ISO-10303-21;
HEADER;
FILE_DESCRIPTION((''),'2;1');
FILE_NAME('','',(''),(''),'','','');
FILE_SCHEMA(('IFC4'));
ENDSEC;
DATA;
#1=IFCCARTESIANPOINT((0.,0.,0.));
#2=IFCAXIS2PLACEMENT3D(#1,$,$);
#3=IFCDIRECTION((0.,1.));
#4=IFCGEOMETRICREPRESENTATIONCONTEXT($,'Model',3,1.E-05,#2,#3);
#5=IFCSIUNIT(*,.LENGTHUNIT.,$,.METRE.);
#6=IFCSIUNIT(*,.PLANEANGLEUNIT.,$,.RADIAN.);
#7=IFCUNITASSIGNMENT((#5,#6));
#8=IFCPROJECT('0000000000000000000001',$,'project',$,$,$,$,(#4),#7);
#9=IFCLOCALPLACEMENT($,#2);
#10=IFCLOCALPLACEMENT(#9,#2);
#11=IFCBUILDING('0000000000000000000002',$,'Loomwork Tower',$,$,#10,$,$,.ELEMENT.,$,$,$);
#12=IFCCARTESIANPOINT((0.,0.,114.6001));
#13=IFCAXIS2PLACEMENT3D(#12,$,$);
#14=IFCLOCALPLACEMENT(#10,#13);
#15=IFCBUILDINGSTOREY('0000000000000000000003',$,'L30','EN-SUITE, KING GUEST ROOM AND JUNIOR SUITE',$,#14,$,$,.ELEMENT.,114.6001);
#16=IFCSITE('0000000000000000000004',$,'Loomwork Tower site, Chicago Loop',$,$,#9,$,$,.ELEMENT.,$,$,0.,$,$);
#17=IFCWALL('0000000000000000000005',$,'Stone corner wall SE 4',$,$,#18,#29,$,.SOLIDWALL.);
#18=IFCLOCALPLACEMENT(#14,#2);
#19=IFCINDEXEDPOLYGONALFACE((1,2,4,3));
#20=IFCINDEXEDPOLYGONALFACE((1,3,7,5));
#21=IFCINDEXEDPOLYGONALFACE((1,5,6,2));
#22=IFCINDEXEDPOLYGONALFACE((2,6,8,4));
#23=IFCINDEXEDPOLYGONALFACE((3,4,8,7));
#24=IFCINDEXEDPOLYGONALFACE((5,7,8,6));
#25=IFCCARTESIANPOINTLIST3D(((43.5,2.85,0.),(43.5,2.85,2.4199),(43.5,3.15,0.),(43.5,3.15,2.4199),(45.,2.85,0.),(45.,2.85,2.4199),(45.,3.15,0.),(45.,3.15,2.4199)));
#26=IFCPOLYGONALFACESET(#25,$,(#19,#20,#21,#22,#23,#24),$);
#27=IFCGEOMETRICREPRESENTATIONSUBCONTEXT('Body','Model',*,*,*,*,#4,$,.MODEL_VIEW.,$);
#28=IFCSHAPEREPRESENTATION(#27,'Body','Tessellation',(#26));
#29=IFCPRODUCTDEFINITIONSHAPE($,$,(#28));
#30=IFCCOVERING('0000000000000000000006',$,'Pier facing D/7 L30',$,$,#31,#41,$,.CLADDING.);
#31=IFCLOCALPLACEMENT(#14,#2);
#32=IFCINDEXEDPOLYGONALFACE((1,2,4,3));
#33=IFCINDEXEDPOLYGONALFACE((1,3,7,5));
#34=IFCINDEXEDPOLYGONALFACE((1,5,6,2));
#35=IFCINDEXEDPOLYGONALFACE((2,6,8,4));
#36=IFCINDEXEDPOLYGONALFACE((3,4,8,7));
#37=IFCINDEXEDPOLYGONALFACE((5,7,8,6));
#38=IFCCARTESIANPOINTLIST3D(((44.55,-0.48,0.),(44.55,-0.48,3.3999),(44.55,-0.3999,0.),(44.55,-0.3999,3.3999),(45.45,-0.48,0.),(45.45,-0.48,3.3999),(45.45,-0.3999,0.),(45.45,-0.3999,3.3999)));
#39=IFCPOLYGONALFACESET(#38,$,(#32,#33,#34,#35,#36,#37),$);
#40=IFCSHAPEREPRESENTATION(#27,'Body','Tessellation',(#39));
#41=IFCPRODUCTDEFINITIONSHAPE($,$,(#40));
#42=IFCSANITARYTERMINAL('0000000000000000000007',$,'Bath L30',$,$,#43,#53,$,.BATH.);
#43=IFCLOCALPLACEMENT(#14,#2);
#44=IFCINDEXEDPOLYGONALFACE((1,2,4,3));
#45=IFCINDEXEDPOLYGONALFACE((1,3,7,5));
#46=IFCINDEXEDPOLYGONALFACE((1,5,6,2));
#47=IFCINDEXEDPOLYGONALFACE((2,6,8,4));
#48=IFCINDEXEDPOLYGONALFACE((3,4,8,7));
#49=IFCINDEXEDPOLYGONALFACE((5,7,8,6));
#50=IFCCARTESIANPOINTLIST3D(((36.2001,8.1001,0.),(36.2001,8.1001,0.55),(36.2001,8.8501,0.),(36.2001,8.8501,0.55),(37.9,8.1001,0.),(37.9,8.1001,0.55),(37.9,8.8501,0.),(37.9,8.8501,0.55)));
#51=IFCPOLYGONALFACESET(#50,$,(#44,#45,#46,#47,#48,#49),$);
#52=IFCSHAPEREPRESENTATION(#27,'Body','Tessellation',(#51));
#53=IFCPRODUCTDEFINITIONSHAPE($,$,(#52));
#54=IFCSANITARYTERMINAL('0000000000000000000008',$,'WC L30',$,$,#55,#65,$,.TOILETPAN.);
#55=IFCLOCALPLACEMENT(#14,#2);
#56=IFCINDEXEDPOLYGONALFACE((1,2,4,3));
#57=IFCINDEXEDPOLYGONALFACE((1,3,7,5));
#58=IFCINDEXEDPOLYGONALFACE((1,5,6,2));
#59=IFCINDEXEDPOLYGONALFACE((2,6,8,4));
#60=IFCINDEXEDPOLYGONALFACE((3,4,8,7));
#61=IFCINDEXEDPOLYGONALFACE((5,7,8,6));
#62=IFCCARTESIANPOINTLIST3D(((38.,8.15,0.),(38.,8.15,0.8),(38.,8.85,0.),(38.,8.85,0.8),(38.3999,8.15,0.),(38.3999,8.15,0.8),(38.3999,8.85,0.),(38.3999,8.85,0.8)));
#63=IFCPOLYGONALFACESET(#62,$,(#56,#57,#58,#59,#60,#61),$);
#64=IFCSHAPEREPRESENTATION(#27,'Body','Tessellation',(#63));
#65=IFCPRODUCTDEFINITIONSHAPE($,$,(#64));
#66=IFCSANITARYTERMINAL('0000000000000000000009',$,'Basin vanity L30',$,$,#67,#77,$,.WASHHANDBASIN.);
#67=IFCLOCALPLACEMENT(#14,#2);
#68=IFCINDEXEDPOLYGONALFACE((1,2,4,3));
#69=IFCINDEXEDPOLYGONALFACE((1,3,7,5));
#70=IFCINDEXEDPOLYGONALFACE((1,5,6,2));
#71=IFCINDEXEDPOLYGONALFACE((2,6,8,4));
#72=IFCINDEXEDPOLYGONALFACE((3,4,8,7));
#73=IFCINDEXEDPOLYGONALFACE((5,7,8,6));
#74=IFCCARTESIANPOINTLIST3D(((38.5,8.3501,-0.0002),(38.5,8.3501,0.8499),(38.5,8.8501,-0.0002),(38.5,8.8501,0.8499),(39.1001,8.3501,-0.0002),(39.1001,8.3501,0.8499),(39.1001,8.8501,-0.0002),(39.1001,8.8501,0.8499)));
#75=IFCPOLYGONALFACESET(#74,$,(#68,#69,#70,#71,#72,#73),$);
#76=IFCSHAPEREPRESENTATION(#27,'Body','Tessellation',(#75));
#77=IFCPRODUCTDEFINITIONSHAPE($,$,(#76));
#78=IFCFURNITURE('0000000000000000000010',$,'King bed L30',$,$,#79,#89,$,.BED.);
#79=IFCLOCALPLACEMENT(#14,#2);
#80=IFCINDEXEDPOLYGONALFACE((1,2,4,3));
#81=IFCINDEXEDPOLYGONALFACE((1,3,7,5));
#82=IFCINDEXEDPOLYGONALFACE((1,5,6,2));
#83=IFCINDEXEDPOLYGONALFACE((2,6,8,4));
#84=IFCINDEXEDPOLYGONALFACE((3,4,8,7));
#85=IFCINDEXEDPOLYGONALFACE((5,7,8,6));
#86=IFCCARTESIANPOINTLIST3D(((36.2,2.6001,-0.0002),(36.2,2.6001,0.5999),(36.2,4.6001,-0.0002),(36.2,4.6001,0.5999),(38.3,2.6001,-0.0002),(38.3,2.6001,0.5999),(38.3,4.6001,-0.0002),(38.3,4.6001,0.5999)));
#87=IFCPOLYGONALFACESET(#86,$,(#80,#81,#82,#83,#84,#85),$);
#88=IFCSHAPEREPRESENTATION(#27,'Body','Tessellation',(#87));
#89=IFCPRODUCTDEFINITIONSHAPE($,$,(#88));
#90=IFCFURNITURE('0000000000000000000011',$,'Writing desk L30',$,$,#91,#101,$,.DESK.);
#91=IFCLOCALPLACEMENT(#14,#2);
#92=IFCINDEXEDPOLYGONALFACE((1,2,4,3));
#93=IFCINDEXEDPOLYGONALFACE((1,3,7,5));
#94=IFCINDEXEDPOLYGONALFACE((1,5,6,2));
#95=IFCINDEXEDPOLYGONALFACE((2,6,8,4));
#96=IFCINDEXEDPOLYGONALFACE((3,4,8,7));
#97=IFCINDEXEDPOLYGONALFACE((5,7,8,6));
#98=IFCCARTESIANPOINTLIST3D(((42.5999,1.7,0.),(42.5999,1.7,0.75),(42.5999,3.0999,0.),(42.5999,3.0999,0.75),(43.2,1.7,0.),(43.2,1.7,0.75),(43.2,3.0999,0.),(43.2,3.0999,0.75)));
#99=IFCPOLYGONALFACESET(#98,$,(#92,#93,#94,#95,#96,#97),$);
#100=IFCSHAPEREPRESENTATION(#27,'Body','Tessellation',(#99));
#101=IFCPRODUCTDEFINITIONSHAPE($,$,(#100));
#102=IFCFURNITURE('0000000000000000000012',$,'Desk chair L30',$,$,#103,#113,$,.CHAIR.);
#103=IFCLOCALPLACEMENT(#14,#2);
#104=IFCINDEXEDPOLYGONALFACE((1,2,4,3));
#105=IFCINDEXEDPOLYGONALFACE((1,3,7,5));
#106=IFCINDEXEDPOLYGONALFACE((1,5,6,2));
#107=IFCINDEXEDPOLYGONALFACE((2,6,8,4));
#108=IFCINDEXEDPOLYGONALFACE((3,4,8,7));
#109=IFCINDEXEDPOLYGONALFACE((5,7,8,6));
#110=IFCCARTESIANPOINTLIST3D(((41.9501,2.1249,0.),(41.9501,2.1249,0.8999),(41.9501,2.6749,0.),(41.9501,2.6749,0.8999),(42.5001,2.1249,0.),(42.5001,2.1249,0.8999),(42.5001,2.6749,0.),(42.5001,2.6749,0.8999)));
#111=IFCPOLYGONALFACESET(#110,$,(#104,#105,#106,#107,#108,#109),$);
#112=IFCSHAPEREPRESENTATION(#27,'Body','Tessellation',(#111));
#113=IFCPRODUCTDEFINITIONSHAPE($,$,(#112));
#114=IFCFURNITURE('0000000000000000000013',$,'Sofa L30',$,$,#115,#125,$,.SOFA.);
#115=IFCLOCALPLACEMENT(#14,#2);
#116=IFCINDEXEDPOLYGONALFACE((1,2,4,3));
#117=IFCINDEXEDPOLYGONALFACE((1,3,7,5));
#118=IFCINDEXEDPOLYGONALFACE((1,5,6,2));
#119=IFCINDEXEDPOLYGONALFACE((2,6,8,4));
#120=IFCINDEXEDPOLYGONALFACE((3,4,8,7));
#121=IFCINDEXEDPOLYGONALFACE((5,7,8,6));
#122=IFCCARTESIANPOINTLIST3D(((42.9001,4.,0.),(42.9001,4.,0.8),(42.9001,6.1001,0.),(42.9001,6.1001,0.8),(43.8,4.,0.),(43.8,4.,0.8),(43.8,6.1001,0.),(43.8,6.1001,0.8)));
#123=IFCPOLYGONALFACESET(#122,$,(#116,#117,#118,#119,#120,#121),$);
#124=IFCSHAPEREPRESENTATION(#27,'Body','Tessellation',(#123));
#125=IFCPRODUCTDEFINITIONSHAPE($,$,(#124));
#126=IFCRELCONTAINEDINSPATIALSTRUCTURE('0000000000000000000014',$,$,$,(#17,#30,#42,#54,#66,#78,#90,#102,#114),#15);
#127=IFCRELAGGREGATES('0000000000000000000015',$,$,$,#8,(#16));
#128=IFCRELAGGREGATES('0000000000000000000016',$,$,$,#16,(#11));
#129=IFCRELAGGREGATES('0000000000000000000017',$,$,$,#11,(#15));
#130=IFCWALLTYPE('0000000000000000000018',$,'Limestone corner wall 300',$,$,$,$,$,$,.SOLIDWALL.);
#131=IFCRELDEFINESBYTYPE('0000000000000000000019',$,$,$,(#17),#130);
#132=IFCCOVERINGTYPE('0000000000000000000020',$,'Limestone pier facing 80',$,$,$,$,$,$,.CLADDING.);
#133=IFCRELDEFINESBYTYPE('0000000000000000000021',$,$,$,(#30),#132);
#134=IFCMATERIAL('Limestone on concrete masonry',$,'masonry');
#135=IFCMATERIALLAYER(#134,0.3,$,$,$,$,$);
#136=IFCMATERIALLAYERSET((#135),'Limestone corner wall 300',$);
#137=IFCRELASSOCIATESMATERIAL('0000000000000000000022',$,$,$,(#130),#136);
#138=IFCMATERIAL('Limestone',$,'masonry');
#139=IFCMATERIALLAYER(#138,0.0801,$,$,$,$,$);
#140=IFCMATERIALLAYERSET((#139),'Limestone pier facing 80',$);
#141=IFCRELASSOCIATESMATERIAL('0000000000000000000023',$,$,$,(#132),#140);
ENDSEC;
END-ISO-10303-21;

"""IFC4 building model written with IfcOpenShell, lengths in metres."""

from ifc_helpers import new_model, si_unit, direction, frame, frame_2d, origin, origin_2d, place, context, subcontext, project, spatial, rectangle, extrude, material, layer, layer_set, type_object, element, save


model = new_model("IFC4")

# Units and contexts
model_context = context("Model", 3, precision=1e-05, world=origin(), true_north=direction((0.0, 1.0)))
body_context = subcontext(model_context, "Body", "Model", "MODEL_VIEW")
ifc_project = project(units=[si_unit("LENGTHUNIT", "METRE"), si_unit("PLANEANGLEUNIT", "RADIAN")], contexts=[model_context])

# Site, building, storey
site_placement = place(None, origin())
site = spatial("IfcSite", under=ifc_project, at=site_placement, Name="Loomwork Tower site, Chicago Loop", CompositionType="ELEMENT", RefElevation=0.0)
building_placement = place(site_placement, origin())
building = spatial("IfcBuilding", under=site, at=building_placement, Name="Loomwork Tower", CompositionType="ELEMENT")
storey_placement = place(building_placement, frame((0.0, 0.0, 114.6001)))
storey = spatial("IfcBuildingStorey", under=building, at=storey_placement, Name="L30", Description="EN-SUITE, KING GUEST ROOM AND JUNIOR SUITE", CompositionType="ELEMENT", Elevation=114.6001)

# Shared definitions
ifc_material_1 = material(Name="Limestone on concrete masonry", Category="masonry")
ifc_layer_1 = layer(ifc_material_1, 0.3)
ifc_layer_set_1 = layer_set([ifc_layer_1], Name="Limestone corner wall 300")
wall_type_1 = type_object("IfcWallType", Name="Limestone corner wall 300", PredefinedType="SOLIDWALL", material=ifc_layer_set_1)

# Wall
wall_1_placement = place(storey_placement, frame((43.5, 3.0, 0.0), z_axis=(0.0, 0.0, 1.0), x_axis=(1.0, 0.0, 0.0)))
element("IfcWall", 1, at=wall_1_placement, inside=storey, type_object=wall_type_1, Name="Stone corner wall SE 4", PredefinedType="SOLIDWALL", context=body_context, shape_type="SweptSolid", body=[
    extrude(rectangle(XDim=1.5, YDim=0.3, at=frame_2d((0.75, 0.0))), origin(), (0.0, 0.0, 1.0), 2.4199),
])

# Covering
ifc_material_2 = material(Name="Limestone", Category="masonry")
ifc_layer_2 = layer(ifc_material_2, 0.0801)
ifc_layer_set_2 = layer_set([ifc_layer_2], Name="Limestone pier facing 80")
covering_type = type_object("IfcCoveringType", Name="Limestone pier facing 80", PredefinedType="CLADDING", material=ifc_layer_set_2)
covering_placement = place(storey_placement, frame((45.0, -0.4399, 0.0), z_axis=(0.0, 0.0, 1.0), x_axis=(1.0, 0.0, 0.0)))
element("IfcCovering", 2, at=covering_placement, inside=storey, type_object=covering_type, Name="Pier facing D/7 L30", PredefinedType="CLADDING", context=body_context, shape_type="SweptSolid", body=[
    extrude(rectangle(XDim=0.8999, YDim=0.0801, at=origin_2d()), origin(), (0.0, 0.0, 1.0), 3.3999),
])

# Sanitary terminals
sanitary_terminal_1_placement = place(storey_placement, frame((37.05, 8.4751, 0.0), z_axis=(0.0, 0.0, 1.0), x_axis=(1.0, 0.0, 0.0)))
element("IfcSanitaryTerminal", 3, at=sanitary_terminal_1_placement, inside=storey, Name="Bath L30", PredefinedType="BATH", context=body_context, shape_type="SweptSolid", body=[
    extrude(rectangle(XDim=1.7, YDim=0.75, at=origin_2d()), origin(), (0.0, 0.0, 1.0), 0.55),
])
sanitary_terminal_2_placement = place(storey_placement, frame((38.2, 8.5, 0.0), z_axis=(0.0, 0.0, 1.0), x_axis=(1.0, 0.0, 0.0)))
element("IfcSanitaryTerminal", 4, at=sanitary_terminal_2_placement, inside=storey, Name="WC L30", PredefinedType="TOILETPAN", context=body_context, shape_type="SweptSolid", body=[
    extrude(rectangle(XDim=0.3999, YDim=0.7, at=origin_2d()), origin(), (0.0, 0.0, 1.0), 0.8),
])
sanitary_terminal_3_placement = place(storey_placement, frame((38.8, 8.6001, -0.0002), z_axis=(0.0, 0.0, 1.0), x_axis=(1.0, 0.0, 0.0)))
element("IfcSanitaryTerminal", 5, at=sanitary_terminal_3_placement, inside=storey, Name="Basin vanity L30", PredefinedType="WASHHANDBASIN", context=body_context, shape_type="SweptSolid", body=[
    extrude(rectangle(XDim=0.6001, YDim=0.5, at=origin_2d()), origin(), (0.0, 0.0, 1.0), 0.8501),
])

# Furniture
furniture_1_placement = place(storey_placement, frame((37.25, 3.6001, -0.0002), z_axis=(0.0, 0.0, 1.0), x_axis=(1.0, 0.0, 0.0)))
element("IfcFurniture", 6, at=furniture_1_placement, inside=storey, Name="King bed L30", PredefinedType="BED", context=body_context, shape_type="SweptSolid", body=[
    extrude(rectangle(XDim=2.1001, YDim=2.0, at=origin_2d()), origin(), (0.0, 0.0, 1.0), 0.6001),
])
furniture_2_placement = place(storey_placement, frame((42.8999, 2.3999, 0.0), z_axis=(0.0, 0.0, 1.0), x_axis=(1.0, 0.0, 0.0)))
element("IfcFurniture", 7, at=furniture_2_placement, inside=storey, Name="Writing desk L30", PredefinedType="DESK", context=body_context, shape_type="SweptSolid", body=[
    extrude(rectangle(XDim=0.6001, YDim=1.3999, at=origin_2d()), origin(), (0.0, 0.0, 1.0), 0.75),
])
furniture_3_placement = place(storey_placement, frame((42.2251, 2.3999, 0.0), z_axis=(0.0, 0.0, 1.0), x_axis=(1.0, 0.0, 0.0)))
element("IfcFurniture", 8, at=furniture_3_placement, inside=storey, Name="Desk chair L30", PredefinedType="CHAIR", context=body_context, shape_type="SweptSolid", body=[
    extrude(rectangle(XDim=0.55, YDim=0.55, at=origin_2d()), origin(), (0.0, 0.0, 1.0), 0.8999),
])
furniture_4_placement = place(storey_placement, frame((43.3501, 5.05, 0.0), z_axis=(0.0, 0.0, 1.0), x_axis=(1.0, 0.0, 0.0)))
element("IfcFurniture", 9, at=furniture_4_placement, inside=storey, Name="Sofa L30", PredefinedType="SOFA", context=body_context, shape_type="SweptSolid", body=[
    extrude(rectangle(XDim=0.8999, YDim=2.1001, at=origin_2d()), origin(), (0.0, 0.0, 1.0), 0.8),
])

save(model, "model.ifc")
